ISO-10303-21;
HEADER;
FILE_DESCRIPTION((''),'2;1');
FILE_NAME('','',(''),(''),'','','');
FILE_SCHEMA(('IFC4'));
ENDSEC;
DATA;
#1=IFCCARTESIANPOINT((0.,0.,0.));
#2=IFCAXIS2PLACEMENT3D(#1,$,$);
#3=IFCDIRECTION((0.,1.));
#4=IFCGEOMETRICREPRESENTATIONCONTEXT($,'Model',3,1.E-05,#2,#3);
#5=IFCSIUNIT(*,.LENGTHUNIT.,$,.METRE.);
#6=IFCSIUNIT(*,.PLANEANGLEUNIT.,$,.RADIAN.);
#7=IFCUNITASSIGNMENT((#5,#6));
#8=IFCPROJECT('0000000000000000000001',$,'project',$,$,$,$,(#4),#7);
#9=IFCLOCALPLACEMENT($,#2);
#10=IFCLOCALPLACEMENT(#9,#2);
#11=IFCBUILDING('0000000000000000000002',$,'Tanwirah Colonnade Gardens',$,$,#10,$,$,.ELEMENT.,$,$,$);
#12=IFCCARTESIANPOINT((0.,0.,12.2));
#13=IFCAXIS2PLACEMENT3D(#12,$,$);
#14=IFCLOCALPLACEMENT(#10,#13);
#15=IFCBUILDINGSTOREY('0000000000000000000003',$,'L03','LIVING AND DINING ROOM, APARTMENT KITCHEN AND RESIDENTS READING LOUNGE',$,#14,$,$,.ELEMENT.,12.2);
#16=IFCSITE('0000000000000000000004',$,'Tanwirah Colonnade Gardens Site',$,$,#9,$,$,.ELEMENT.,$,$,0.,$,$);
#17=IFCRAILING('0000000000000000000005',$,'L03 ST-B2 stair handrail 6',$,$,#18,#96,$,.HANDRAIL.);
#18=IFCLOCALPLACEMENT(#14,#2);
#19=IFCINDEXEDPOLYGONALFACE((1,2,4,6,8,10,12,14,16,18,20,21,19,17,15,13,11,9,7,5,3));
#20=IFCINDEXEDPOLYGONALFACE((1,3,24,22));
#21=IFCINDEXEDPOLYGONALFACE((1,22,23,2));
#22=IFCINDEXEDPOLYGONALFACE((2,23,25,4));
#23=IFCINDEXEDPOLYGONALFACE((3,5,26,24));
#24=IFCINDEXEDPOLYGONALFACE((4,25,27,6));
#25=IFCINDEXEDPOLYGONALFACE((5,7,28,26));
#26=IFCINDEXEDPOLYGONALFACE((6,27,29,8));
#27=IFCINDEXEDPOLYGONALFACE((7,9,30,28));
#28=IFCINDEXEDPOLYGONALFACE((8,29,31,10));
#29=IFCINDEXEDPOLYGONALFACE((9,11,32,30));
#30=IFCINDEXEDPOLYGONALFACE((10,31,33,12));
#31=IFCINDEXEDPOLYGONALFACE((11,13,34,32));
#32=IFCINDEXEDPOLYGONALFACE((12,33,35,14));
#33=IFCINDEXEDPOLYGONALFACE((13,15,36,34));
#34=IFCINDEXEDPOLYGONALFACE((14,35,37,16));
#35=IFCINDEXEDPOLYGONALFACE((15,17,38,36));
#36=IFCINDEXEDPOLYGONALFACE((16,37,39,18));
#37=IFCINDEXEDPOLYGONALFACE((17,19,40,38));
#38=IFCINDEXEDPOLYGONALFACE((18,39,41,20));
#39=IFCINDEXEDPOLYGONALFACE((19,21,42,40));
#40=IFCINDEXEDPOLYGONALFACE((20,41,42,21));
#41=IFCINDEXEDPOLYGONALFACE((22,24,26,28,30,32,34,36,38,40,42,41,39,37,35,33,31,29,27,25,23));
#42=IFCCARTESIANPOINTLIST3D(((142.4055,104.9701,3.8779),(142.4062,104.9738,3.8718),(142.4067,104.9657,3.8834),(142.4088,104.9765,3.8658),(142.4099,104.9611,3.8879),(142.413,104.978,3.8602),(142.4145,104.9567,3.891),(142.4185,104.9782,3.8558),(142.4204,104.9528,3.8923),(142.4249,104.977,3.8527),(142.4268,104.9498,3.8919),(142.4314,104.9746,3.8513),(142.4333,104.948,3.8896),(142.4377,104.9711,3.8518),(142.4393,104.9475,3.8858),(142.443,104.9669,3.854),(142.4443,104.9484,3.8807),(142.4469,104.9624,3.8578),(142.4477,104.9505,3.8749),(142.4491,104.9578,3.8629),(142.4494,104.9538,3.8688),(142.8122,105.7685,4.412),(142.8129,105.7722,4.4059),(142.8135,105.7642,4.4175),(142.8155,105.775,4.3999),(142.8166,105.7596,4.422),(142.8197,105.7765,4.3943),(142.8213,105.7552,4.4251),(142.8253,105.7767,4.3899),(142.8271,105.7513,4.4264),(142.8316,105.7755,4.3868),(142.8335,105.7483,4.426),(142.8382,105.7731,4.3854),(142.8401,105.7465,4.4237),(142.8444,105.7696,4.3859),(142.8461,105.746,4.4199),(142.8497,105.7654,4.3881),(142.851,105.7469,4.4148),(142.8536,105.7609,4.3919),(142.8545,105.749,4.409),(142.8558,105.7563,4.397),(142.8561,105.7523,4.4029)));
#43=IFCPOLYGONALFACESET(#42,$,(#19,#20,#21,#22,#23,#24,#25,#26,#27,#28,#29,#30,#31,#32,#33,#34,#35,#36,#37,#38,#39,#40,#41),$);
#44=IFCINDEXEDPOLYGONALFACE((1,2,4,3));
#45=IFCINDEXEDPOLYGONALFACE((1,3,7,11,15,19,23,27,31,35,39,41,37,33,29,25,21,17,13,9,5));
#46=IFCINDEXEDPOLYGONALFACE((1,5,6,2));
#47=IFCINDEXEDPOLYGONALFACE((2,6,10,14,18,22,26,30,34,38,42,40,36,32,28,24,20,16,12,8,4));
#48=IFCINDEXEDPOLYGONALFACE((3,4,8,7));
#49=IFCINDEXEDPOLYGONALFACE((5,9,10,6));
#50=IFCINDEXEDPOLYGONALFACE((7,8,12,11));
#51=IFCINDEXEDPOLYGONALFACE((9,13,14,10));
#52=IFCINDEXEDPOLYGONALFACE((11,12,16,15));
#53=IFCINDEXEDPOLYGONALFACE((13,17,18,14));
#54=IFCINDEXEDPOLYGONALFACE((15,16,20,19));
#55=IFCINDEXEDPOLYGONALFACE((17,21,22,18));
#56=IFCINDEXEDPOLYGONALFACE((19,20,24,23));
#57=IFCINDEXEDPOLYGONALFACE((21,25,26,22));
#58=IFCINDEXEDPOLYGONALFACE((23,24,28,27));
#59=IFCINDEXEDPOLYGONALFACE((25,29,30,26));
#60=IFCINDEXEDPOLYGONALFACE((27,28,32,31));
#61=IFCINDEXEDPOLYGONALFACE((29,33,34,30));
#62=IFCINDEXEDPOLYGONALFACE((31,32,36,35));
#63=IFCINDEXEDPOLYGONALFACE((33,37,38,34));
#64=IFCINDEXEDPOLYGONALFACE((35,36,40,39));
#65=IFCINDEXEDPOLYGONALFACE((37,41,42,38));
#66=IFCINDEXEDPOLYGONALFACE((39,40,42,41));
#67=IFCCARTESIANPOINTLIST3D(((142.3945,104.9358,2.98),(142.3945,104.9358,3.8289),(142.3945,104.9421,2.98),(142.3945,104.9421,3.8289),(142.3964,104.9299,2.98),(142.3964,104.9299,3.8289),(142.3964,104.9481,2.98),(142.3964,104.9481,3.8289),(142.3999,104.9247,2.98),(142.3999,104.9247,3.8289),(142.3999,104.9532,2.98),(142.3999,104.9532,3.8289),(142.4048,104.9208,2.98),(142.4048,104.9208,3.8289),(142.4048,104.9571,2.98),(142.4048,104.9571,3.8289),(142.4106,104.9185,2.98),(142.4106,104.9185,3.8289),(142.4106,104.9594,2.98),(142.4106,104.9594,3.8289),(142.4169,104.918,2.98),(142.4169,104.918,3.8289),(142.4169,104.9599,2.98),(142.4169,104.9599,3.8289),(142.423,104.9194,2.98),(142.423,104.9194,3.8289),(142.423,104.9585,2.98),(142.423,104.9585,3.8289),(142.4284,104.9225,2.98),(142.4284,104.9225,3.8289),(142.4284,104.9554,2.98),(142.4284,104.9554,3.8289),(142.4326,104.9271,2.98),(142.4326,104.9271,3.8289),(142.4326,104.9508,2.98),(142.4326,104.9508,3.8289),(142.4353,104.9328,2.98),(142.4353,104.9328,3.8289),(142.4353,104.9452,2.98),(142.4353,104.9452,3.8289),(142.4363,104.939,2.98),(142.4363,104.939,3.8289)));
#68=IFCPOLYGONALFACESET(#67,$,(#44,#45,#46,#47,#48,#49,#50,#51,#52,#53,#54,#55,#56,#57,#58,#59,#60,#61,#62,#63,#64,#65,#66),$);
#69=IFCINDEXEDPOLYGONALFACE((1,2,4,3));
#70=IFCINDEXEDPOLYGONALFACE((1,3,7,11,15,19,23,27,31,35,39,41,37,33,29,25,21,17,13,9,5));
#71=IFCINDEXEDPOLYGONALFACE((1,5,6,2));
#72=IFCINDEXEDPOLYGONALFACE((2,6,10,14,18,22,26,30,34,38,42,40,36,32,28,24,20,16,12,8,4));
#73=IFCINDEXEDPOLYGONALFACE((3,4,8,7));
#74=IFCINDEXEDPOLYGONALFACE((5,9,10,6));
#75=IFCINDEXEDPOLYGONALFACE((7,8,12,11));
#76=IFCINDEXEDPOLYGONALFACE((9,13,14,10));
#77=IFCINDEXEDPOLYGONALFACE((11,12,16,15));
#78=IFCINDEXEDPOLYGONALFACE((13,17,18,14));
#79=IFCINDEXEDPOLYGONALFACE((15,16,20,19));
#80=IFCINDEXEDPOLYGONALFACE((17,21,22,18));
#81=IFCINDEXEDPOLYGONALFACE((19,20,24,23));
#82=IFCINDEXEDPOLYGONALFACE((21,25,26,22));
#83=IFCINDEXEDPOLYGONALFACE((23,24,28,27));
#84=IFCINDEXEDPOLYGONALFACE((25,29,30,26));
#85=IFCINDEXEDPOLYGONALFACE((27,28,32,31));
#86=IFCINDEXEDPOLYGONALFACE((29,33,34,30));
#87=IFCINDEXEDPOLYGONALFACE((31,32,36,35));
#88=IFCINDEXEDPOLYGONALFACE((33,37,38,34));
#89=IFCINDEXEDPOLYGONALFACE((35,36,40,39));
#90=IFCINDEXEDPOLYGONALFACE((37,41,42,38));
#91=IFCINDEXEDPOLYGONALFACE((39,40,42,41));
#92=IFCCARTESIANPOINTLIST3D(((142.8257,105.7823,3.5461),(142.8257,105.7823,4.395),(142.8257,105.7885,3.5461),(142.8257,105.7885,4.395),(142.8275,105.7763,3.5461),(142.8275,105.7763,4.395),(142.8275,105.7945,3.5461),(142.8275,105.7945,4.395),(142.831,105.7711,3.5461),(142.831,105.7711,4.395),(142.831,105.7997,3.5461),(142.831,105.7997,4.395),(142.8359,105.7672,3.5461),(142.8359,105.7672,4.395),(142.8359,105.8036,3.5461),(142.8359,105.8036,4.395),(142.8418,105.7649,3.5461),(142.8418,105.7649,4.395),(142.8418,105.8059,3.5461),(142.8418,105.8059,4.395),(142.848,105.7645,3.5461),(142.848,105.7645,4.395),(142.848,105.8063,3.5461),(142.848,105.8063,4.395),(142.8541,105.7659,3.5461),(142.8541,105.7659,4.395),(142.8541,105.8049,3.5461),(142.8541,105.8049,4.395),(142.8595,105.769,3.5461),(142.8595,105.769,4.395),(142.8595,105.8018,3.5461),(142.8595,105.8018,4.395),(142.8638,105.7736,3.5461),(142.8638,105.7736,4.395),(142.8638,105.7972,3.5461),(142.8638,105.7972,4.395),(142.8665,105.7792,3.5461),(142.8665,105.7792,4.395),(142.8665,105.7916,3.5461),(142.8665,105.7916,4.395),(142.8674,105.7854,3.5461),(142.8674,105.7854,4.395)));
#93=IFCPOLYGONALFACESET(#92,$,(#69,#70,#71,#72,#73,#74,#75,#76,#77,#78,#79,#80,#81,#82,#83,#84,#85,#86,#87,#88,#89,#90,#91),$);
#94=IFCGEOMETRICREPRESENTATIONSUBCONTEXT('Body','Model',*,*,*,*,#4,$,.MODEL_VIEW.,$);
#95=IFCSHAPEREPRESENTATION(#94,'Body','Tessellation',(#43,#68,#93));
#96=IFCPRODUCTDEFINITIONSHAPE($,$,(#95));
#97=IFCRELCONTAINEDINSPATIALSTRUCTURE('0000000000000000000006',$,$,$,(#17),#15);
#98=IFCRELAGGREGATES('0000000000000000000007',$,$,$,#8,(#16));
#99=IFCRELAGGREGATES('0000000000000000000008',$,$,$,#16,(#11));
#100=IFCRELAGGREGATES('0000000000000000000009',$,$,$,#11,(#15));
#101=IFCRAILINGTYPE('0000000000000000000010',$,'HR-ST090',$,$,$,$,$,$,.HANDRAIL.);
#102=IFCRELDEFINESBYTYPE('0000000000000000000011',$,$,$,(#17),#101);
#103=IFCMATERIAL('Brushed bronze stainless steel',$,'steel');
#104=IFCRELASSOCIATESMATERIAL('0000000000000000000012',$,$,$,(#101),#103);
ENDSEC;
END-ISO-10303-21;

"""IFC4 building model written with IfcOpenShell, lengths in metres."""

from ifc_helpers import new_model, si_unit, direction, frame, origin, origin_2d, place, context, subcontext, project, spatial, circle, extrude, material, type_object, element, save


model = new_model("IFC4")

# Units and contexts
model_context = context("Model", 3, precision=1e-05, world=origin(), true_north=direction((0.0, 1.0)))
body_context = subcontext(model_context, "Body", "Model", "MODEL_VIEW")
ifc_project = project(units=[si_unit("LENGTHUNIT", "METRE"), si_unit("PLANEANGLEUNIT", "RADIAN")], contexts=[model_context])

# Site, building, storey
site_placement = place(None, origin())
site = spatial("IfcSite", under=ifc_project, at=site_placement, Name="Tanwirah Colonnade Gardens Site", CompositionType="ELEMENT", RefElevation=0.0)
building_placement = place(site_placement, origin())
building = spatial("IfcBuilding", under=site, at=building_placement, Name="Tanwirah Colonnade Gardens", CompositionType="ELEMENT")
storey_placement = place(building_placement, frame((0.0, 0.0, 12.2)))
storey = spatial("IfcBuildingStorey", under=building, at=storey_placement, Name="L03", Description="LIVING AND DINING ROOM, APARTMENT KITCHEN AND RESIDENTS READING LOUNGE", CompositionType="ELEMENT", Elevation=12.2)

# Railing
ifc_material_1 = material(Name="Brushed bronze stainless steel", Category="steel")
railing_type_1 = type_object("IfcRailingType", Name="HR-ST090", PredefinedType="HANDRAIL", material=ifc_material_1)
railing_1_placement = place(storey_placement, frame((142.4153, 104.939, 2.98)))
element("IfcRailing", 1, at=railing_1_placement, inside=storey, type_object=railing_type_1, Name="L03 ST-B2 stair handrail 6", PredefinedType="HANDRAIL", context=body_context, shape_type="SweptSolid", body=[
    extrude(circle(Radius=0.0239, at=origin_2d()), frame((0.0122, 0.0239, 0.8918), z_axis=(0.389886, 0.765422, 0.511974), x_axis=(-0.891061, 0.453883, 0.0)), (0.0, 0.0, 1.0), 1.0432),
    extrude(circle(Radius=0.021, at=origin_2d()), origin(), (0.0, 0.0, 1.0), 0.8489),
    extrude(circle(Radius=0.021, at=origin_2d()), frame((0.4312, 0.8464, 0.5662)), (0.0, 0.0, 1.0), 0.8489),
])

save(model, "model.ifc")
